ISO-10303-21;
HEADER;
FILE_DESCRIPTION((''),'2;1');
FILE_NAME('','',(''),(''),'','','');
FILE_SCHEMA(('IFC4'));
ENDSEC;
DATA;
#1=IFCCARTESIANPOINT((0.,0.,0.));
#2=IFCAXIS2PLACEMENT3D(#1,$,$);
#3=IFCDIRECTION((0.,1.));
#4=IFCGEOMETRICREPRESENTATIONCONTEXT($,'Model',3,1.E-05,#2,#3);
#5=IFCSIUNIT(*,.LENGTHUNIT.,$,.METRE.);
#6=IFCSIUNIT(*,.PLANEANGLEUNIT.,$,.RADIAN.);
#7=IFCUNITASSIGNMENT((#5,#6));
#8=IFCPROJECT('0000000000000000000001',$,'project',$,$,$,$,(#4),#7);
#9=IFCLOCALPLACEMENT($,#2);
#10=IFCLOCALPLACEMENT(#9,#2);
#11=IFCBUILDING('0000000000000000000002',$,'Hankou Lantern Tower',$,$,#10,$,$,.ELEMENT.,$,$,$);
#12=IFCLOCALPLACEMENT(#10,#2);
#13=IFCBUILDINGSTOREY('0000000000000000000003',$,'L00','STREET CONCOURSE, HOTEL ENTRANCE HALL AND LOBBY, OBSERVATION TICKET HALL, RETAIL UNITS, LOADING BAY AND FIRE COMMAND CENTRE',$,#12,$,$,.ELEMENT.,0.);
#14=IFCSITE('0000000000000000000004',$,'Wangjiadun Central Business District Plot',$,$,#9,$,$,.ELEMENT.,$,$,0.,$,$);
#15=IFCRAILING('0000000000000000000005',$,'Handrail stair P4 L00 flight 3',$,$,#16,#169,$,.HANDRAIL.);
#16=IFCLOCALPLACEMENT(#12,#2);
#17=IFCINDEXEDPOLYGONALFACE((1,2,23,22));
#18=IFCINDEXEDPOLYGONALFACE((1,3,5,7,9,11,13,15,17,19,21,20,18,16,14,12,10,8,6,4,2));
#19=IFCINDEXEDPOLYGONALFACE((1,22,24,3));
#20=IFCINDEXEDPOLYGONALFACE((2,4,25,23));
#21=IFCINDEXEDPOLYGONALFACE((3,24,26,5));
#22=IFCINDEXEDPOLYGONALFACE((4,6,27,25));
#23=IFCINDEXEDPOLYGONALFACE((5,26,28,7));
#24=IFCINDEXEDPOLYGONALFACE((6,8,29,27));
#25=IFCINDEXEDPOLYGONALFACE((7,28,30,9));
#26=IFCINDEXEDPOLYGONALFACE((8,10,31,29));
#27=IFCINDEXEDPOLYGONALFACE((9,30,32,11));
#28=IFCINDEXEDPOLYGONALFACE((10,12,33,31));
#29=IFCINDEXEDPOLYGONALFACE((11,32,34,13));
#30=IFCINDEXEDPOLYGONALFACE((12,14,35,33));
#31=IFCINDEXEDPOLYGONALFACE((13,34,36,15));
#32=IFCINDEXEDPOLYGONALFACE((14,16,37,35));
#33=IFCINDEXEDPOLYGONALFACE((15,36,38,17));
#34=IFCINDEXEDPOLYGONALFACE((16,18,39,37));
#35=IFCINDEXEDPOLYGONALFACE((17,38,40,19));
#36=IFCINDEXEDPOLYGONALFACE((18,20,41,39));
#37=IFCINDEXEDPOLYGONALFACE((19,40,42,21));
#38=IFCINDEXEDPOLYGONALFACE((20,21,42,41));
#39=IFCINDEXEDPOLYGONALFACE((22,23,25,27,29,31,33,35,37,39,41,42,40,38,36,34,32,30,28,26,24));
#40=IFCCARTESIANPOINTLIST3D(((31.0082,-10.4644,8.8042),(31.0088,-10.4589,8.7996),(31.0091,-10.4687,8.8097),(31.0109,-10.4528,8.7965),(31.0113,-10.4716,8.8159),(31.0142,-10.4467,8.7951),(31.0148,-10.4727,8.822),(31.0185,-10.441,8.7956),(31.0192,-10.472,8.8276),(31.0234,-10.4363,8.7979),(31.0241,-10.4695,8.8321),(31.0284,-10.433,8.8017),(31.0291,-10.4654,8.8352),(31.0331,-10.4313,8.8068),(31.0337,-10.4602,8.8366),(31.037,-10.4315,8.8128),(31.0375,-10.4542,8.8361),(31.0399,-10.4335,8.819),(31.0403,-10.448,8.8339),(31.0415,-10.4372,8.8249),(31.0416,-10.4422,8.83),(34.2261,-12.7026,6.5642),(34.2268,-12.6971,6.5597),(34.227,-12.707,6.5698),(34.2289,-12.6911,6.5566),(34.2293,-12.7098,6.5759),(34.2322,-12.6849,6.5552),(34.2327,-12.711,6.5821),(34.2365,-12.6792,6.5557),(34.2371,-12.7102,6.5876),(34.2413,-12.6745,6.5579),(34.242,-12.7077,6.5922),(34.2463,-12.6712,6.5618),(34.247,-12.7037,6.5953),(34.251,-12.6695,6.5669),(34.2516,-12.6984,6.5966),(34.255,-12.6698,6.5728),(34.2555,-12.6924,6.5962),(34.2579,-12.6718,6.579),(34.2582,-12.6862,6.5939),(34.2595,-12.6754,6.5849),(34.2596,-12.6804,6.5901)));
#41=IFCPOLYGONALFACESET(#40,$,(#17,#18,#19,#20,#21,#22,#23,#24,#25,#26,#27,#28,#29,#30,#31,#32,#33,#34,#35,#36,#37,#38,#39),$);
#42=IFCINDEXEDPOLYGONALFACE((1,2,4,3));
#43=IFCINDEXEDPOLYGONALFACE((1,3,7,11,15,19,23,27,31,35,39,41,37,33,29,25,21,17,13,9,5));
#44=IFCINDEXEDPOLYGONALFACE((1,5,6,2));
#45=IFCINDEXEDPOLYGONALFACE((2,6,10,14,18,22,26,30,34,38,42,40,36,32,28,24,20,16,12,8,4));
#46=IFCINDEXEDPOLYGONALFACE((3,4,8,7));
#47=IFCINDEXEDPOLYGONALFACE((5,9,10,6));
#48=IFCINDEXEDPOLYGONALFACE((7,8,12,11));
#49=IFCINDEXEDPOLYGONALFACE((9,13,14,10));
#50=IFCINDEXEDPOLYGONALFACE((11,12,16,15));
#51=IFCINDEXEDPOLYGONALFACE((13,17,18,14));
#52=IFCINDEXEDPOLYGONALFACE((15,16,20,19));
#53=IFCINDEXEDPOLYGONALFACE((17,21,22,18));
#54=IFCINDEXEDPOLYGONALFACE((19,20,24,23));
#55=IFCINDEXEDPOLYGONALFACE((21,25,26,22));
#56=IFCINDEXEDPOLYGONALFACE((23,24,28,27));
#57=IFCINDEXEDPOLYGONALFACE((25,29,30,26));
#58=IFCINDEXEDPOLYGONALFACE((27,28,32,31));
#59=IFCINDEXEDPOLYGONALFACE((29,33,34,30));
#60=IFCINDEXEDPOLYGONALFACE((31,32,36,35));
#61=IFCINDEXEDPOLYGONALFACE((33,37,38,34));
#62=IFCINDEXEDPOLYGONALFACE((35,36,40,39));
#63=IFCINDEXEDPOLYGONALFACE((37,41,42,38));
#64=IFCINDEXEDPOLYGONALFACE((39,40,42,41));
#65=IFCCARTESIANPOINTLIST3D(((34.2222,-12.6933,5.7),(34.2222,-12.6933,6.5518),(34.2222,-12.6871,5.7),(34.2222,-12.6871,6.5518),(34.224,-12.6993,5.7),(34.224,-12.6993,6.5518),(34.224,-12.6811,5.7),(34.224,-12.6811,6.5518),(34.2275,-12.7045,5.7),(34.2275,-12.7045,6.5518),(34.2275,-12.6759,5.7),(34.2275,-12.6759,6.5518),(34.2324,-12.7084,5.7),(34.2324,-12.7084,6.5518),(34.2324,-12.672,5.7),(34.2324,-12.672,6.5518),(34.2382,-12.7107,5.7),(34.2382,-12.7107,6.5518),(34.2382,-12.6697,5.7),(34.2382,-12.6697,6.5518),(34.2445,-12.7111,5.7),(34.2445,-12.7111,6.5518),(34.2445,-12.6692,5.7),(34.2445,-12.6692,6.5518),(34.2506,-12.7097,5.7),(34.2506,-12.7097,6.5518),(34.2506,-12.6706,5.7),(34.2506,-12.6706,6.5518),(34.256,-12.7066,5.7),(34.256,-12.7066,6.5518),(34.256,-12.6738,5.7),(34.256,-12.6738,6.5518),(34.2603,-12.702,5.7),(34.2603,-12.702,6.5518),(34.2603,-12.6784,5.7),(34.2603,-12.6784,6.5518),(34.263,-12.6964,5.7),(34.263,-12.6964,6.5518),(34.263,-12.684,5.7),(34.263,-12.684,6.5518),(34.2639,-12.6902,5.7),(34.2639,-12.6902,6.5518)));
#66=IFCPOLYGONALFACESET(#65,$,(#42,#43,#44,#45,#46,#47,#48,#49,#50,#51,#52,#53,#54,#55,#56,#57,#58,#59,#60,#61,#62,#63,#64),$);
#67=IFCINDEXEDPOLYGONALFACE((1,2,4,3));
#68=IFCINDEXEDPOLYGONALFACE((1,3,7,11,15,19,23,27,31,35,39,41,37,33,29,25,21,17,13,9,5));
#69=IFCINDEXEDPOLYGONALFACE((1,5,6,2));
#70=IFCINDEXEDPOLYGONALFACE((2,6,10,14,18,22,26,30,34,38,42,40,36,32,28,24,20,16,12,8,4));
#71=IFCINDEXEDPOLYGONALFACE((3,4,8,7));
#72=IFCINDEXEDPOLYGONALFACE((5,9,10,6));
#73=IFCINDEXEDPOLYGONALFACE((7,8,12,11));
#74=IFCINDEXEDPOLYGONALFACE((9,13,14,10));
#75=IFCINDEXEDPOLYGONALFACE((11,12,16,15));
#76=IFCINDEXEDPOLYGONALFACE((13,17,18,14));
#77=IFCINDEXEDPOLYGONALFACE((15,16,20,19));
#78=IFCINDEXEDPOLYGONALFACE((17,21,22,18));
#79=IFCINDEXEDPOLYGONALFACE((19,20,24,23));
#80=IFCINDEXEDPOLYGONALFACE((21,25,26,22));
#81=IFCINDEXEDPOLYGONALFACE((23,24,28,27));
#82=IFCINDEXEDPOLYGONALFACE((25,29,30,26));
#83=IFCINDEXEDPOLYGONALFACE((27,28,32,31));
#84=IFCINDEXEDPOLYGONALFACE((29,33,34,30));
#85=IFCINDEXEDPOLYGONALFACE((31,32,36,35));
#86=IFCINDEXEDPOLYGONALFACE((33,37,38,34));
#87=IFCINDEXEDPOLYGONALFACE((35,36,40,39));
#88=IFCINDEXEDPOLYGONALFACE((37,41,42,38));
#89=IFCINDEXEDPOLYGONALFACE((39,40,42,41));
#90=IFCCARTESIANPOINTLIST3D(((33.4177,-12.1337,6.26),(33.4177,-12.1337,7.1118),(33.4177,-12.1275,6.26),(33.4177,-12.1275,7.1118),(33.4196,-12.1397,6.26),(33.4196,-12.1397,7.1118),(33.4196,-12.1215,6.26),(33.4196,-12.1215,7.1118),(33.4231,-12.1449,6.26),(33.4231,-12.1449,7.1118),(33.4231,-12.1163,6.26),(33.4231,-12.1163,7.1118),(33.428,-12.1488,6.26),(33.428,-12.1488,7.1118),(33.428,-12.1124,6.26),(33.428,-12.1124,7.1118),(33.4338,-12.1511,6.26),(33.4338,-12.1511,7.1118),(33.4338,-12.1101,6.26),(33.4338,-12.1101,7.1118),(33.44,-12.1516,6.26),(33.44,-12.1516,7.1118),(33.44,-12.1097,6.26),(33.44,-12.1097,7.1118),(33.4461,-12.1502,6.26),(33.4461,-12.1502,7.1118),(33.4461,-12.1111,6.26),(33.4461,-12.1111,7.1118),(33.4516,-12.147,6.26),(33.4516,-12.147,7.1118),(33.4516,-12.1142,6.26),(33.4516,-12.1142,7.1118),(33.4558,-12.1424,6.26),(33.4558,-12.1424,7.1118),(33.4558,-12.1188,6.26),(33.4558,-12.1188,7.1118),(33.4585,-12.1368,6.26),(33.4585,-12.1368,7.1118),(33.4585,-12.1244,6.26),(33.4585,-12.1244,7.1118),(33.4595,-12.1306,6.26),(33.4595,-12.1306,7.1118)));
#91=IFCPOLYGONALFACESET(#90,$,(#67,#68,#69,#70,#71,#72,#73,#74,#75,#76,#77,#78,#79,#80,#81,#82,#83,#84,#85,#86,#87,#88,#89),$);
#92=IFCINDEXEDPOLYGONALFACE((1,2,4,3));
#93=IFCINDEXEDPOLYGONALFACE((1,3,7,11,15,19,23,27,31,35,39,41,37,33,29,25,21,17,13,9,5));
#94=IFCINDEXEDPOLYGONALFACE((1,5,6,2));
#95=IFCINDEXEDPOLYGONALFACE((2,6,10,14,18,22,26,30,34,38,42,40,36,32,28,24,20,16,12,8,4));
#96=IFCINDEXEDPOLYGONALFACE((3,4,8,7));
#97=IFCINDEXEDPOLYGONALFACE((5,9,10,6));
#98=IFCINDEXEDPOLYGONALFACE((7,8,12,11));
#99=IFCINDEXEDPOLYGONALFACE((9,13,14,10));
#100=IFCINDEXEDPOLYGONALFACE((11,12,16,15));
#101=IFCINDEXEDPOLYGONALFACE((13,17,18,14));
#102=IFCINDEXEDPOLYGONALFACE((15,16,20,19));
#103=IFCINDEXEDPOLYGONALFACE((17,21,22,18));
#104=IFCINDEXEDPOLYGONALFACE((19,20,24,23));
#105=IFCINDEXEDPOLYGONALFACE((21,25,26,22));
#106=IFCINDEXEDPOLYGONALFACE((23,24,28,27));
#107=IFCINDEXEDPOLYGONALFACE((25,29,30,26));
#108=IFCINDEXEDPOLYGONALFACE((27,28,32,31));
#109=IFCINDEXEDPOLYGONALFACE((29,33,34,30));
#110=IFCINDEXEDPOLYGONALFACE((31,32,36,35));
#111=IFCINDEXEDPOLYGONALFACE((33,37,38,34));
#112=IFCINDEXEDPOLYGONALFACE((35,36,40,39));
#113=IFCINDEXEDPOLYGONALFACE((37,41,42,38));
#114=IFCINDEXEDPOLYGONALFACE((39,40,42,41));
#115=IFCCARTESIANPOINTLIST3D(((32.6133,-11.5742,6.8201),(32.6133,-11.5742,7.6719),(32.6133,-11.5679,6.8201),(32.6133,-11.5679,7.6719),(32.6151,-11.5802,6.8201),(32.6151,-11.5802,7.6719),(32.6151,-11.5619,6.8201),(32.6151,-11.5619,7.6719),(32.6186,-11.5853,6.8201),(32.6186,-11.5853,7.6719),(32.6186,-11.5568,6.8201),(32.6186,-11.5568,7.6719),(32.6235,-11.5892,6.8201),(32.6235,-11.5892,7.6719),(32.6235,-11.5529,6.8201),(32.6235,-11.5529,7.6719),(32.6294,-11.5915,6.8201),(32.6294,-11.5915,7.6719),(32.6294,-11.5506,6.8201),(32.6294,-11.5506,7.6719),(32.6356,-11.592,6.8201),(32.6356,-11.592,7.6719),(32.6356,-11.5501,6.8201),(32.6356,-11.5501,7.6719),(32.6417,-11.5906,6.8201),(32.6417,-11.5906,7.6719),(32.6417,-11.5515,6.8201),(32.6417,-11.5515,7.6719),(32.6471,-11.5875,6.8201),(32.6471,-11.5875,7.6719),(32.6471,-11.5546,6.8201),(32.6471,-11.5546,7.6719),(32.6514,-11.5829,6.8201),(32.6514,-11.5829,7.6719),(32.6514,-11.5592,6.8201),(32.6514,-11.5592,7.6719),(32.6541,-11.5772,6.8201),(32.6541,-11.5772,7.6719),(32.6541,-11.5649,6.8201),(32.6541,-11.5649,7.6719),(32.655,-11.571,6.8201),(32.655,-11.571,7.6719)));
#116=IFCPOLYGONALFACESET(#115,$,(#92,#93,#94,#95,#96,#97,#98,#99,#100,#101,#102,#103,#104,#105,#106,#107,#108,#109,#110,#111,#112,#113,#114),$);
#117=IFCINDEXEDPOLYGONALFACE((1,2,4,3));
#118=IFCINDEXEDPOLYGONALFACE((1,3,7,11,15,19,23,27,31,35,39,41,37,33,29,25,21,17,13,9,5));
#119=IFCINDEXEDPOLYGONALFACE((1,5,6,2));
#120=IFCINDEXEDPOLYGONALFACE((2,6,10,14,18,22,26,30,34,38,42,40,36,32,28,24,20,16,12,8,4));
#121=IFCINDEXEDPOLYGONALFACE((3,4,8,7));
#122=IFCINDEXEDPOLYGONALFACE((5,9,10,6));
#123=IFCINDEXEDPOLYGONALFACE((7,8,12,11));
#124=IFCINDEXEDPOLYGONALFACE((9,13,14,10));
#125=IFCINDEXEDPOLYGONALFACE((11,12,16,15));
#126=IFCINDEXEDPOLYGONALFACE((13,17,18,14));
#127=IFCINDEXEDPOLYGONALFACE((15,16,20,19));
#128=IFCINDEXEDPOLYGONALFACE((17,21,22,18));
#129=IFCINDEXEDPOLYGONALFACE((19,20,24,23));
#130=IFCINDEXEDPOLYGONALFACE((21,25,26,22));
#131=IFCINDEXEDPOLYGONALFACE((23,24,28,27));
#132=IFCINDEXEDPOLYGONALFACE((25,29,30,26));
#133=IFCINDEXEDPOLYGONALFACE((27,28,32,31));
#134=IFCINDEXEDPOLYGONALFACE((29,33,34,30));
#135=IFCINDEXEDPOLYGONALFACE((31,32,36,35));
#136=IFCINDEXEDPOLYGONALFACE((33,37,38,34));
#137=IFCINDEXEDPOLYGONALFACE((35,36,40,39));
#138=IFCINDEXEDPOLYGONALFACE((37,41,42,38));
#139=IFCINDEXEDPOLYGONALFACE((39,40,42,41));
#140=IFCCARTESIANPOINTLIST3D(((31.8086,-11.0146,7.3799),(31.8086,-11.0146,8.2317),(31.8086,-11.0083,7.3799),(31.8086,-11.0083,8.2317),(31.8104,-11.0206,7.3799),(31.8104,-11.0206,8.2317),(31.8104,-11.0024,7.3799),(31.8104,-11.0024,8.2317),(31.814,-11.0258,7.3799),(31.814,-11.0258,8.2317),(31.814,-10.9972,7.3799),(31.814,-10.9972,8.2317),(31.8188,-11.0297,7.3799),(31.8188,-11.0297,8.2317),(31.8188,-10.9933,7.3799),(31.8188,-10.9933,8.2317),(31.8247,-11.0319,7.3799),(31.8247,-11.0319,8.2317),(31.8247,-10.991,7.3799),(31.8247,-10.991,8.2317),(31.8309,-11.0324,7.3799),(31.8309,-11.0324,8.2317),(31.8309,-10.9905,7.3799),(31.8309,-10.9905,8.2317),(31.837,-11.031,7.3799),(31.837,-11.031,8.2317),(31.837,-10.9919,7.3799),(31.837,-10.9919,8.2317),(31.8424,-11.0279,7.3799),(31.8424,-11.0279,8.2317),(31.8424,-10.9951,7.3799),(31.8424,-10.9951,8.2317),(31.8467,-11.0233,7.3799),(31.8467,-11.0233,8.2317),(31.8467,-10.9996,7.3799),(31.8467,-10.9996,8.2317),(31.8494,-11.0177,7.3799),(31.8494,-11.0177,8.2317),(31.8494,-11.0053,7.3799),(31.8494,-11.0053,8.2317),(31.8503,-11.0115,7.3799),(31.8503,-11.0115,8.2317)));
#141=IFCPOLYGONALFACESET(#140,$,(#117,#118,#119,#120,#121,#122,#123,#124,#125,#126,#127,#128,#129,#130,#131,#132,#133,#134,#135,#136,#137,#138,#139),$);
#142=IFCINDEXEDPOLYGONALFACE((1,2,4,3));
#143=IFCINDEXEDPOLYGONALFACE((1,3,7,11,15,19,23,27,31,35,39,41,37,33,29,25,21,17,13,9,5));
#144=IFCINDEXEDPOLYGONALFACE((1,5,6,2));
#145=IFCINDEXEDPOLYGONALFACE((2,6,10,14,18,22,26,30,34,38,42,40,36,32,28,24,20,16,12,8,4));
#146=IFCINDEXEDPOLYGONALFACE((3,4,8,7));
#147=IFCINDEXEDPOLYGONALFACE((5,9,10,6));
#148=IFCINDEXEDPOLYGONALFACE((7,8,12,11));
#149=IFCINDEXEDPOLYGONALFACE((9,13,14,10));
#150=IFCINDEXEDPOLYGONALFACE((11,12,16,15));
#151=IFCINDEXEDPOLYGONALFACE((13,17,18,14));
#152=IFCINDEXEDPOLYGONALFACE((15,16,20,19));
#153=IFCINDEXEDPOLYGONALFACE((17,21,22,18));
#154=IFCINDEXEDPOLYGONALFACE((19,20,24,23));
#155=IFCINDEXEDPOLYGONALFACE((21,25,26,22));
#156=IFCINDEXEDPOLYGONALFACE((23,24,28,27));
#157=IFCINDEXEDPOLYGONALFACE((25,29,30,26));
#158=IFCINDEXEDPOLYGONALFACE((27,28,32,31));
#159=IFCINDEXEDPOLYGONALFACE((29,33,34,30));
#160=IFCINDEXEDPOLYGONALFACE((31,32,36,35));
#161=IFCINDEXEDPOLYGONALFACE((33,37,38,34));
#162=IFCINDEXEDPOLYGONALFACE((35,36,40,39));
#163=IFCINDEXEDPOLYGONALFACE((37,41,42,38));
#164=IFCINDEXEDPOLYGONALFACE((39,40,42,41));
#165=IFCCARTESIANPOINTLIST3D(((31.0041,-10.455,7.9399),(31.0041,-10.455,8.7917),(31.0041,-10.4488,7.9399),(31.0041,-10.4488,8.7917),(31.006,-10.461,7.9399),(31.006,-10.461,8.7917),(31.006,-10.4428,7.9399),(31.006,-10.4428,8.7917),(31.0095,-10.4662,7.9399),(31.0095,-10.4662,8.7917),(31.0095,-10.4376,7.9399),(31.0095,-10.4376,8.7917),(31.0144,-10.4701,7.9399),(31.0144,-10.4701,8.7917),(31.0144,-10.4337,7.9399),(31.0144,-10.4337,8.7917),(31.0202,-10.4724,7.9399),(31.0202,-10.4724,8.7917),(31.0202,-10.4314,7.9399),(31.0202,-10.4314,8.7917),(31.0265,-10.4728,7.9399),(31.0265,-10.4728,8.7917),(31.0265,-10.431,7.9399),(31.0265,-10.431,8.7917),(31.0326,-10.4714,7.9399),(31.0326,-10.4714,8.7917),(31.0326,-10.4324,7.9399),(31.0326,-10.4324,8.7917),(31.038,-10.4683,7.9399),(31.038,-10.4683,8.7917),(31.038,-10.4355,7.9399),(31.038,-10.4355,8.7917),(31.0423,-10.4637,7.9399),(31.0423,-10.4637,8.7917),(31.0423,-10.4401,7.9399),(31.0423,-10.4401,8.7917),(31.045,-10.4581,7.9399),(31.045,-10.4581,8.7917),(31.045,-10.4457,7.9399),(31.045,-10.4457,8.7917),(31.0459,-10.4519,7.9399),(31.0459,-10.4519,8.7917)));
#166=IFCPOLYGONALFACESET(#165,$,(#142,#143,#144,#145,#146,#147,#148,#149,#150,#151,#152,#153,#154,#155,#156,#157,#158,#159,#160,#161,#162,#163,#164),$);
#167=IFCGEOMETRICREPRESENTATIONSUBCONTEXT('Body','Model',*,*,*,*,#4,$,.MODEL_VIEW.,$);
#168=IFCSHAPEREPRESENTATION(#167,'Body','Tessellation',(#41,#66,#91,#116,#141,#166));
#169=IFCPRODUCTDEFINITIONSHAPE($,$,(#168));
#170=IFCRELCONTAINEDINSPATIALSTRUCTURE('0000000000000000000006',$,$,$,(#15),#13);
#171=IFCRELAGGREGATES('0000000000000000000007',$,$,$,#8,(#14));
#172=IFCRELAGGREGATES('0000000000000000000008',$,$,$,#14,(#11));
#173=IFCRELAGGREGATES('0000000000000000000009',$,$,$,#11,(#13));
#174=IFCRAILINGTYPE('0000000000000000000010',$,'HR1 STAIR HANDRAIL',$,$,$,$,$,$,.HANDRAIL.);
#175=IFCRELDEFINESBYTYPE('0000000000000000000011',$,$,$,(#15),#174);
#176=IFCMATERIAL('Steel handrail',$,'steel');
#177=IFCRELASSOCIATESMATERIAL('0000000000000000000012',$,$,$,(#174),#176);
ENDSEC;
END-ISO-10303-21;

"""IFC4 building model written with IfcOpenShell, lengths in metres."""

from ifc_helpers import new_model, si_unit, direction, frame, origin, origin_2d, place, context, subcontext, project, spatial, circle, extrude, material, type_object, element, save


model = new_model("IFC4")

# Units and contexts
model_context = context("Model", 3, precision=1e-05, world=origin(), true_north=direction((0.0, 1.0)))
body_context = subcontext(model_context, "Body", "Model", "MODEL_VIEW")
ifc_project = project(units=[si_unit("LENGTHUNIT", "METRE"), si_unit("PLANEANGLEUNIT", "RADIAN")], contexts=[model_context])

# Site, building, storey
site_placement = place(None, origin())
site = spatial("IfcSite", under=ifc_project, at=site_placement, Name="Wangjiadun Central Business District Plot", CompositionType="ELEMENT", RefElevation=0.0)
building_placement = place(site_placement, origin())
building = spatial("IfcBuilding", under=site, at=building_placement, Name="Hankou Lantern Tower", CompositionType="ELEMENT")
storey_placement = place(building_placement, origin())
storey = spatial("IfcBuildingStorey", under=building, at=storey_placement, Name="L00", Description="STREET CONCOURSE, HOTEL ENTRANCE HALL AND LOBBY, OBSERVATION TICKET HALL, RETAIL UNITS, LOADING BAY AND FIRE COMMAND CENTRE", CompositionType="ELEMENT", Elevation=0.0)

# Railing
ifc_material_1 = material(Name="Steel handrail", Category="steel")
railing_type = type_object("IfcRailingType", Name="HR1 STAIR HANDRAIL", PredefinedType="HANDRAIL", material=ifc_material_1)
for number, where, name in (
    (1, (34.2429, -12.6902, 5.7), "Handrail stair P4 L00 flight 3"),
):
    element("IfcRailing", number, at=place(storey_placement, frame(where)), inside=storey, type_object=railing_type, Name=name, PredefinedType="HANDRAIL", context=body_context, shape_type="SweptSolid", body=[
        extrude(circle(Radius=0.0239, at=origin_2d()), frame((0.0, 0.0, 0.876), z_axis=(-0.712776, 0.495769, 0.496148), x_axis=(-0.571006, -0.820946, 0.0)), (0.0, 0.0, 1.0), 4.5146),
        extrude(circle(Radius=0.021, at=origin_2d()), origin(), (0.0, 0.0, 1.0), 0.8518),
        extrude(circle(Radius=0.021, at=origin_2d()), frame((-0.8044, 0.5596, 0.5601)), (0.0, 0.0, 1.0), 0.8518),
        extrude(circle(Radius=0.021, at=origin_2d()), frame((-1.6089, 1.1191, 1.1201)), (0.0, 0.0, 1.0), 0.8518),
        extrude(circle(Radius=0.021, at=origin_2d()), frame((-2.4136, 1.6787, 1.6799)), (0.0, 0.0, 1.0), 0.8518),
        extrude(circle(Radius=0.021, at=origin_2d()), frame((-3.218, 2.2383, 2.24)), (0.0, 0.0, 1.0), 0.8518),
    ])

save(model, "model.ifc")
